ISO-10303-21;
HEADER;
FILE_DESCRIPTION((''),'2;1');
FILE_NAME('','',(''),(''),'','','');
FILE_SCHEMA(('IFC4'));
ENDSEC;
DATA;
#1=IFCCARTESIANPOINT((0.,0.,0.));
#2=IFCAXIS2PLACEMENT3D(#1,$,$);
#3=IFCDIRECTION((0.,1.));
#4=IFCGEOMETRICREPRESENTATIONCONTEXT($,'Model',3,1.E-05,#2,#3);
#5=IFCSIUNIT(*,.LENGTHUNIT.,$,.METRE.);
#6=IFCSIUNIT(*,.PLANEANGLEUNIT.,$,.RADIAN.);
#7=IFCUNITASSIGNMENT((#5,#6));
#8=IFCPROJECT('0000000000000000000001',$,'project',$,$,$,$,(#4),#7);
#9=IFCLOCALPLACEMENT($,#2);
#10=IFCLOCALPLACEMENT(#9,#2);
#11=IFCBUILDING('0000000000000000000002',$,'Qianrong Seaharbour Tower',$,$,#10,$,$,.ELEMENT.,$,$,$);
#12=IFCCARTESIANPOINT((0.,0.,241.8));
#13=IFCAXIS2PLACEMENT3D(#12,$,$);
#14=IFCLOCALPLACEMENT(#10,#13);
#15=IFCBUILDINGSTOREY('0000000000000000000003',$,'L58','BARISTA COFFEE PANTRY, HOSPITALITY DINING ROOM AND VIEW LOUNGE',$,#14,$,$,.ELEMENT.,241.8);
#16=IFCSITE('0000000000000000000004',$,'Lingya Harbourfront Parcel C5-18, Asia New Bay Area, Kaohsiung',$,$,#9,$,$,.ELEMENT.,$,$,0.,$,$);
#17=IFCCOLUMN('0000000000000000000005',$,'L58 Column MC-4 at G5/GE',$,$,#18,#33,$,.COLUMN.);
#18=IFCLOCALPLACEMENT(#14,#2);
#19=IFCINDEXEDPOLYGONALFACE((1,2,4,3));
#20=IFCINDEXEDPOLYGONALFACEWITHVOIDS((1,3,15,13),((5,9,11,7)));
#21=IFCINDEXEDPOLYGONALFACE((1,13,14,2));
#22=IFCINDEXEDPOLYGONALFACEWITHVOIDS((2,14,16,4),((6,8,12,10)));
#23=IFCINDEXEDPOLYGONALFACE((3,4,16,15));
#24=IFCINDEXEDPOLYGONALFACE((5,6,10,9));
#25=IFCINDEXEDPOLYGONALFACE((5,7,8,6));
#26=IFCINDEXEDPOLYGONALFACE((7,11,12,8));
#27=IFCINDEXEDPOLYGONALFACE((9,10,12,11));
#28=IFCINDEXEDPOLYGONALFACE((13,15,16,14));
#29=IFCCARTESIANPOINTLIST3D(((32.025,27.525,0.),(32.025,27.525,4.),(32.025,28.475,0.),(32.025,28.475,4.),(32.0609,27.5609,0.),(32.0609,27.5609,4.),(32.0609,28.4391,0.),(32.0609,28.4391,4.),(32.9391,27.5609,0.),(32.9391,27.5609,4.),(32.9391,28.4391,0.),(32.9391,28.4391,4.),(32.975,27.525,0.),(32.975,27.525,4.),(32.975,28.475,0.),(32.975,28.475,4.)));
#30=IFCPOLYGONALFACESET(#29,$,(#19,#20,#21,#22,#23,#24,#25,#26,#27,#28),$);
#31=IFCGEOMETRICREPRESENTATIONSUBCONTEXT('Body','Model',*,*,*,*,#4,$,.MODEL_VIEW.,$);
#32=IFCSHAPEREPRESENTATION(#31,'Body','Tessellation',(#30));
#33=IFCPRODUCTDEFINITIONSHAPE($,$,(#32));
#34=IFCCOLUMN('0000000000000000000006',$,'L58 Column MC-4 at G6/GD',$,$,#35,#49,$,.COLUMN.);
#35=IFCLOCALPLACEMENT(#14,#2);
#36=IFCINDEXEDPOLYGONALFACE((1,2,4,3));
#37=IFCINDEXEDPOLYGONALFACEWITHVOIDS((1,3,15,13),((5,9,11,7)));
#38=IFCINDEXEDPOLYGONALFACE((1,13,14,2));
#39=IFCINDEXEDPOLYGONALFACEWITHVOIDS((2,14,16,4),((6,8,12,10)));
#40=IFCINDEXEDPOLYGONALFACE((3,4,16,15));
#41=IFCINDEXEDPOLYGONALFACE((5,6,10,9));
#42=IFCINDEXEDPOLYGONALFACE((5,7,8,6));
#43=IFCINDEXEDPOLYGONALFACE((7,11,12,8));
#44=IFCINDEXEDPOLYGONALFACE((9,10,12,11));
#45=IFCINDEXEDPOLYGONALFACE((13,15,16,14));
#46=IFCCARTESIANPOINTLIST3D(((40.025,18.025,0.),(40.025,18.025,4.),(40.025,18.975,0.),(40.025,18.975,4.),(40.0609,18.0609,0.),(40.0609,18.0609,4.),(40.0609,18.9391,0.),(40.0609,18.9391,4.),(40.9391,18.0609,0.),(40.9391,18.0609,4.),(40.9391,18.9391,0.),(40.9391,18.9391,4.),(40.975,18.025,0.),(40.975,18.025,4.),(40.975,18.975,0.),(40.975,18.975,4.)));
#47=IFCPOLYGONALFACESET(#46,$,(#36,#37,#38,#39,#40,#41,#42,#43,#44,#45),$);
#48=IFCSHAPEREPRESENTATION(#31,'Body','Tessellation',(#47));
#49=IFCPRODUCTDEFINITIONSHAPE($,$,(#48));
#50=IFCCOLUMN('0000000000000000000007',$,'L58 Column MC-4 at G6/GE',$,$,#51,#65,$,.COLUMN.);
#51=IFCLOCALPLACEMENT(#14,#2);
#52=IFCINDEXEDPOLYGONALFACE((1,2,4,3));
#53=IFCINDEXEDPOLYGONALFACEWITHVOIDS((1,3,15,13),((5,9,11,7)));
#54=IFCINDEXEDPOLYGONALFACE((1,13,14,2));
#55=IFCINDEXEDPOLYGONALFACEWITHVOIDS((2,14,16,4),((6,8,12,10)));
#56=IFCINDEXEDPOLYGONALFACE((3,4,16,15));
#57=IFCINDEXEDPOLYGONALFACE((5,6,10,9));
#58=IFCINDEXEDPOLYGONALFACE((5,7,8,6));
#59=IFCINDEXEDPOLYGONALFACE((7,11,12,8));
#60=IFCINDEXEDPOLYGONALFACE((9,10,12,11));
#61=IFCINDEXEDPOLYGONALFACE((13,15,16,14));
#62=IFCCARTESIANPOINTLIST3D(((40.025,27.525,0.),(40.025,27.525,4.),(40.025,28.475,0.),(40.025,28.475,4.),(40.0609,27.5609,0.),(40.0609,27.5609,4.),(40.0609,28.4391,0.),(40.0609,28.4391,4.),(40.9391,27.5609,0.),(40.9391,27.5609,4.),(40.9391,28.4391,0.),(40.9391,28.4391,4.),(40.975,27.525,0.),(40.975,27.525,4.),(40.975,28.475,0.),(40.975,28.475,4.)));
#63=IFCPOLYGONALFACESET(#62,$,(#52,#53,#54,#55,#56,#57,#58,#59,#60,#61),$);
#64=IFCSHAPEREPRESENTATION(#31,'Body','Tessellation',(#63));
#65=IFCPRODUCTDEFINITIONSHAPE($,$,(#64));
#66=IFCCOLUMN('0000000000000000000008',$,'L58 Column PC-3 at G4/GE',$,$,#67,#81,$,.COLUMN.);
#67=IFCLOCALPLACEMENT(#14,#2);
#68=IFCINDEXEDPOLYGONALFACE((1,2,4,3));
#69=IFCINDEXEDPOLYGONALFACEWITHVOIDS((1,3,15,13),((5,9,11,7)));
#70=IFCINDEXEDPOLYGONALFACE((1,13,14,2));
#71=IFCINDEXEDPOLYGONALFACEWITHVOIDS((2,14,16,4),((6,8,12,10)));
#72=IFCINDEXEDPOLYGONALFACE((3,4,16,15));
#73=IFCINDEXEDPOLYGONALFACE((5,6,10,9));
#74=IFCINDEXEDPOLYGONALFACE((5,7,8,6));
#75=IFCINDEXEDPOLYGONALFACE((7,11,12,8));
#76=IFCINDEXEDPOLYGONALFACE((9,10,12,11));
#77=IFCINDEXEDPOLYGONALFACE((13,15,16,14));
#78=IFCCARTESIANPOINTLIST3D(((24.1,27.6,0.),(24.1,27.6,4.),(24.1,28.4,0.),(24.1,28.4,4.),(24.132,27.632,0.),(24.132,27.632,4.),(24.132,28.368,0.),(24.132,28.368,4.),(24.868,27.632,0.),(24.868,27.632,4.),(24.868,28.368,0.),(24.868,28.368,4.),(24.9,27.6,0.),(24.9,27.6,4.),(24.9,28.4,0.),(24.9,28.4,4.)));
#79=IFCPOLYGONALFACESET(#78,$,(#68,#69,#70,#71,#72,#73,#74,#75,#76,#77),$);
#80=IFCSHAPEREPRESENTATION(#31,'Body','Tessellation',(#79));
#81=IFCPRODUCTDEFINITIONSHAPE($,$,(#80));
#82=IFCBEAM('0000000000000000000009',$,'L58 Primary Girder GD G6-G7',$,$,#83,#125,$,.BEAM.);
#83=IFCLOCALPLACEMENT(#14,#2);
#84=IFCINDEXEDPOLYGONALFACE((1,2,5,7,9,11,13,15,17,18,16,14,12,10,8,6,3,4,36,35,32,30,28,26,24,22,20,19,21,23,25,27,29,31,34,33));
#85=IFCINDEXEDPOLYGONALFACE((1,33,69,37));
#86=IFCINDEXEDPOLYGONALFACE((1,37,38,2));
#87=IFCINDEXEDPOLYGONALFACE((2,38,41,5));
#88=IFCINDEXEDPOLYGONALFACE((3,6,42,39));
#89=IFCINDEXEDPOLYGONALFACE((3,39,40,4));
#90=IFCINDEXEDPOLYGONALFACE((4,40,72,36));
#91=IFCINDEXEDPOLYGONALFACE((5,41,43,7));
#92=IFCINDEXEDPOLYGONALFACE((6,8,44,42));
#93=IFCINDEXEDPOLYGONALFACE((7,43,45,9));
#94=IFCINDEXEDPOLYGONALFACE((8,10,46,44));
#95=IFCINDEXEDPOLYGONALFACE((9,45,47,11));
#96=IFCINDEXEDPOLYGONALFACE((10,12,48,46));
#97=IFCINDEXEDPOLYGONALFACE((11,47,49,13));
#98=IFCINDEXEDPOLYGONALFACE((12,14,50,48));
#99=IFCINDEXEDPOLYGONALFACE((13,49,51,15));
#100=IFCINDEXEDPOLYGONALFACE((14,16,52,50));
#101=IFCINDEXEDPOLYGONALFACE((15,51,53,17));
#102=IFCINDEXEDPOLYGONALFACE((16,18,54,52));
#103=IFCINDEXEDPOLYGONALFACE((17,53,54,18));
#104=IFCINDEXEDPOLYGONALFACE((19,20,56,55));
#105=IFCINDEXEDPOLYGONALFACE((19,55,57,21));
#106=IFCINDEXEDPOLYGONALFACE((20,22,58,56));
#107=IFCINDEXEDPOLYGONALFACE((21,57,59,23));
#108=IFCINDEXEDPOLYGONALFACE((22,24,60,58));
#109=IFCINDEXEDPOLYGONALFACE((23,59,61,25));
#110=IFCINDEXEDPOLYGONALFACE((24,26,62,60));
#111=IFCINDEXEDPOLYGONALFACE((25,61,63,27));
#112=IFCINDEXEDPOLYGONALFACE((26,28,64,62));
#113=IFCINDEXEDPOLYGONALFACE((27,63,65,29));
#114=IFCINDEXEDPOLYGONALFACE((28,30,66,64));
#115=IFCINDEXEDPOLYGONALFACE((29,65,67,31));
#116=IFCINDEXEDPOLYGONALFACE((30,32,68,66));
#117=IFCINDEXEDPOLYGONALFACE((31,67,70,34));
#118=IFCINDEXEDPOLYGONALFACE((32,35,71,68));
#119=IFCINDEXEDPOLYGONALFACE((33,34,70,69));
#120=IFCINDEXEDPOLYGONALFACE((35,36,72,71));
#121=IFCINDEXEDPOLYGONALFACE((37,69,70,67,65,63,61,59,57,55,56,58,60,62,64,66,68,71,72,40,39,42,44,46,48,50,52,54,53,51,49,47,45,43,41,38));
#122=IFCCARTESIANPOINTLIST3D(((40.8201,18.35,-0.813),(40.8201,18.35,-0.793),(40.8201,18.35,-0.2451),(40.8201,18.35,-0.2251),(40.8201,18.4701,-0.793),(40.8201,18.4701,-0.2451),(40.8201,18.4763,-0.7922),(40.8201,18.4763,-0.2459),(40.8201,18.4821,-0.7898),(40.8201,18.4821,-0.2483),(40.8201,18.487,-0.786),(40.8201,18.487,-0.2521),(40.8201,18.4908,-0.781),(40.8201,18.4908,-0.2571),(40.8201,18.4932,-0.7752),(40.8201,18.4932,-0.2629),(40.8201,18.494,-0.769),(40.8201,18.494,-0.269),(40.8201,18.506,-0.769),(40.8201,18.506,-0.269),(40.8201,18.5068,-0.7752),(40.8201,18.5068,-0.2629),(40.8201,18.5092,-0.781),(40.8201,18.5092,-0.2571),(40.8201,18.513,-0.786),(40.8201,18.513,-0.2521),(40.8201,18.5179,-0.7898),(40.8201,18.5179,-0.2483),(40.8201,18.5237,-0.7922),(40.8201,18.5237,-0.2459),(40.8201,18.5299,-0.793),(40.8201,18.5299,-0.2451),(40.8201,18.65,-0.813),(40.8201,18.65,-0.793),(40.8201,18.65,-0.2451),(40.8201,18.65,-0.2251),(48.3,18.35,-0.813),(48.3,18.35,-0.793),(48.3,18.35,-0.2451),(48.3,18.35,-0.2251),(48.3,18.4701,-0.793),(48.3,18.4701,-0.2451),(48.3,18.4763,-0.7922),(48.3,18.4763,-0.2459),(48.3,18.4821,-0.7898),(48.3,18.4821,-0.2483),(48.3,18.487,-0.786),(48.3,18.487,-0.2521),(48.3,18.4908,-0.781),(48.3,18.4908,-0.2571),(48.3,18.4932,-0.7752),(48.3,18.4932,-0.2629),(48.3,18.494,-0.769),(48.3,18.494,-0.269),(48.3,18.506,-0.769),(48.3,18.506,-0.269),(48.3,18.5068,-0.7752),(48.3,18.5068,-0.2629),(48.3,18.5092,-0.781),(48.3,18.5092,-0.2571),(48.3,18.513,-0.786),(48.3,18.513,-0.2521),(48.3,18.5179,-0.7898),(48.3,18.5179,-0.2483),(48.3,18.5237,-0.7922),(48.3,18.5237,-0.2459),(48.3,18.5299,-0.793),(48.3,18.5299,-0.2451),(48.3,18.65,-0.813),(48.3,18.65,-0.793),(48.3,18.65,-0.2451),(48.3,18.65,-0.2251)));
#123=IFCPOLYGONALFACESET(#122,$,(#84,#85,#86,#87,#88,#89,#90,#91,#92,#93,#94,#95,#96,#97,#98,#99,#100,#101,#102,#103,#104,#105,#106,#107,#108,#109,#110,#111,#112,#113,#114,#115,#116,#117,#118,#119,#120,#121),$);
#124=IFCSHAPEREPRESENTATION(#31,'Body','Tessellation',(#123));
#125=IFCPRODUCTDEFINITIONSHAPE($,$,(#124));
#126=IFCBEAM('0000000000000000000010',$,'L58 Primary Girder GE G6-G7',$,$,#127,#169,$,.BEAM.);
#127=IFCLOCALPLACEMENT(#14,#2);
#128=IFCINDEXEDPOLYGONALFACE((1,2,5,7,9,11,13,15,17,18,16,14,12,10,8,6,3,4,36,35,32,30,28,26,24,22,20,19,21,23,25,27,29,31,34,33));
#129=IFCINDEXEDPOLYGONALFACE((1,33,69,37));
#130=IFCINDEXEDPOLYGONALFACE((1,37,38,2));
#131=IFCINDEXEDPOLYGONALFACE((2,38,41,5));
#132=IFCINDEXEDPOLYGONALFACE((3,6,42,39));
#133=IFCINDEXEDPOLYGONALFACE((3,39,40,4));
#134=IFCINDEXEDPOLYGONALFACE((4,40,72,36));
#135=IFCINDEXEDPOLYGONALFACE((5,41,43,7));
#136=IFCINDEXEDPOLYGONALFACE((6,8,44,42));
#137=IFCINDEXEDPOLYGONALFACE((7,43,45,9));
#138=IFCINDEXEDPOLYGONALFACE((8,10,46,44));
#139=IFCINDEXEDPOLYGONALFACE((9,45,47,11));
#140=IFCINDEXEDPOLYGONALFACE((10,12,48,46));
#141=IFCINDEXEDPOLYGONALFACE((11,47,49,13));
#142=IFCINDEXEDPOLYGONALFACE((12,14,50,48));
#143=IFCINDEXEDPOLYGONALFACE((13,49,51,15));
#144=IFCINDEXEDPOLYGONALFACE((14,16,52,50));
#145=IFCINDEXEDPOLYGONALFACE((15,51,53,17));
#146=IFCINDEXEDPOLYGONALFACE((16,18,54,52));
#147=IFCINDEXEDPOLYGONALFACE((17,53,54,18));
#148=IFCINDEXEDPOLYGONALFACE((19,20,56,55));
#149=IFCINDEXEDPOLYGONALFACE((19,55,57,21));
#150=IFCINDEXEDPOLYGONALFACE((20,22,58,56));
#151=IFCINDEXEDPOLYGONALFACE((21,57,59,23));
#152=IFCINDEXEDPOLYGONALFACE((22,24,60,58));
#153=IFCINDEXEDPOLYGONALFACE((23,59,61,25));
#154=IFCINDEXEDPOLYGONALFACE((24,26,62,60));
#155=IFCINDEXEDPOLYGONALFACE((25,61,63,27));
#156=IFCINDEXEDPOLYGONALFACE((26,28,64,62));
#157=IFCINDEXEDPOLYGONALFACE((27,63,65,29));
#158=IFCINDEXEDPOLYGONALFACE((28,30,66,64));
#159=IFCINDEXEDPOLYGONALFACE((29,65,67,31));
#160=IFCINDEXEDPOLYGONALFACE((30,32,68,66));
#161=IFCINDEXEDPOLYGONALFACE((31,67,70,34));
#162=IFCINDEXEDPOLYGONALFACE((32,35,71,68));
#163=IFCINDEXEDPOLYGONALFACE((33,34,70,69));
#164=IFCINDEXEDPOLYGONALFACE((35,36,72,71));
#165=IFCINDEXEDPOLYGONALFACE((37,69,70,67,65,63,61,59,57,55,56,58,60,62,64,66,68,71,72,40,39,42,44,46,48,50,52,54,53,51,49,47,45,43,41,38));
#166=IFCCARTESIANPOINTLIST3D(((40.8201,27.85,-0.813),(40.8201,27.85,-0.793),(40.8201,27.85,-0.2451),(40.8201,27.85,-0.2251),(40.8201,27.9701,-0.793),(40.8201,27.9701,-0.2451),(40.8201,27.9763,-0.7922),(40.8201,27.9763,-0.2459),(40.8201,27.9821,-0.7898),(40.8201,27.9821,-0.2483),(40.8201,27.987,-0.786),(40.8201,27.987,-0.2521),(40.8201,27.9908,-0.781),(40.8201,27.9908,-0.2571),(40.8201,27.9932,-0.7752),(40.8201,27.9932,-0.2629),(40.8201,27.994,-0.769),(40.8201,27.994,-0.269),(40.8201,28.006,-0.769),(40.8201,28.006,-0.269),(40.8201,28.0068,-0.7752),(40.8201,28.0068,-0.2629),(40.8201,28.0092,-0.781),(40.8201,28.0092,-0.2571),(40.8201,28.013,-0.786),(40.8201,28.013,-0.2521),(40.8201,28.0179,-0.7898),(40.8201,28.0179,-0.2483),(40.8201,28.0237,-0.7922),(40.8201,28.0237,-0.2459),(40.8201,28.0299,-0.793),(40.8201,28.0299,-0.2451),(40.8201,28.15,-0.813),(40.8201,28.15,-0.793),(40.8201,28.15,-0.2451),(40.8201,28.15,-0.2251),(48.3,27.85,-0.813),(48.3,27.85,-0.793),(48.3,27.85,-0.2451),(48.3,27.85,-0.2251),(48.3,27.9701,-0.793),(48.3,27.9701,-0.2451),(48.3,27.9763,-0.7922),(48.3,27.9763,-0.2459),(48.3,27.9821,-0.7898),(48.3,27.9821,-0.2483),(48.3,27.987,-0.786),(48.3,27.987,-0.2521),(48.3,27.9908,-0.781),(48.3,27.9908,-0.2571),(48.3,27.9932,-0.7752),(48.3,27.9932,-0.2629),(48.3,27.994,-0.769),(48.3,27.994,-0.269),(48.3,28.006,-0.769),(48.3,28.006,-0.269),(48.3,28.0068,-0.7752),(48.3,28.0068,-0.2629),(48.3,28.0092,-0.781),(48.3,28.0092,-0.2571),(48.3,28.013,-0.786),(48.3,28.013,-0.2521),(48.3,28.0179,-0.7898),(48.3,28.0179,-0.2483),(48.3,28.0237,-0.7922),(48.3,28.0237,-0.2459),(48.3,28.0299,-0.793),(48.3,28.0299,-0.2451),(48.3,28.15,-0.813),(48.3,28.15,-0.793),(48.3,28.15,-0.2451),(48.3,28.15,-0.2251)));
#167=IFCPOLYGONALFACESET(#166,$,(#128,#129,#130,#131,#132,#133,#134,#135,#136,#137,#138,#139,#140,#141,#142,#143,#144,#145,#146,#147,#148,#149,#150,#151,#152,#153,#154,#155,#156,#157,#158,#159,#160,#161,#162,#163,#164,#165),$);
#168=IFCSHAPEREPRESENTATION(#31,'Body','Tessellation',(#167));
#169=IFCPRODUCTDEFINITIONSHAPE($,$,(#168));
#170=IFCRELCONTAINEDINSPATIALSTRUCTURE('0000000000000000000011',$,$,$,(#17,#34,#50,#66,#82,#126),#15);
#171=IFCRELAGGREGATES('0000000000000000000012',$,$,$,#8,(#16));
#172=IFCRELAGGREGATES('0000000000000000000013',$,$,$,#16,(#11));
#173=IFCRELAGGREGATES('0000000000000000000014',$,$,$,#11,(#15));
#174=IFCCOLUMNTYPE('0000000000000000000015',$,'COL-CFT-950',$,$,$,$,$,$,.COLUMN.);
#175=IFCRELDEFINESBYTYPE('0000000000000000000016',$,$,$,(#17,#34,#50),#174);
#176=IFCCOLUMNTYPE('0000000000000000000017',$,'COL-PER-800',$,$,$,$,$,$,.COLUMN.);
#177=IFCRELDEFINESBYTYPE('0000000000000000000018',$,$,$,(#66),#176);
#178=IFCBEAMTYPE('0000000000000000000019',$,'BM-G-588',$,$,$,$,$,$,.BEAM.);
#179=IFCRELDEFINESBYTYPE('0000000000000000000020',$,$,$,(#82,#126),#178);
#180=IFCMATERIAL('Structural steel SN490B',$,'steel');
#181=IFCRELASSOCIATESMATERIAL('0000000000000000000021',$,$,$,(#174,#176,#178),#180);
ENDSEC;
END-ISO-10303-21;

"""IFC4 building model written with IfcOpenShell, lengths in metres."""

from ifc_helpers import new_model, si_unit, direction, frame, origin, origin_2d, place, context, subcontext, project, spatial, hollow_rectangle, i_section, extrude, material, material_profile, profile_set, type_object, element, save


model = new_model("IFC4")

# Units and contexts
model_context = context("Model", 3, precision=1e-05, world=origin(), true_north=direction((0.0, 1.0)))
body_context = subcontext(model_context, "Body", "Model", "MODEL_VIEW")
ifc_project = project(units=[si_unit("LENGTHUNIT", "METRE"), si_unit("PLANEANGLEUNIT", "RADIAN")], contexts=[model_context])

# Site, building, storey
site_placement = place(None, origin())
site = spatial("IfcSite", under=ifc_project, at=site_placement, Name="Lingya Harbourfront Parcel C5-18, Asia New Bay Area, Kaohsiung", CompositionType="ELEMENT", RefElevation=0.0)
building_placement = place(site_placement, origin())
building = spatial("IfcBuilding", under=site, at=building_placement, Name="Qianrong Seaharbour Tower", CompositionType="ELEMENT")
storey_placement = place(building_placement, frame((0.0, 0.0, 241.8)))
storey = spatial("IfcBuildingStorey", under=building, at=storey_placement, Name="L58", Description="BARISTA COFFEE PANTRY, HOSPITALITY DINING ROOM AND VIEW LOUNGE", CompositionType="ELEMENT", Elevation=241.8)

# Columns
ifc_material_1 = material(Name="Structural steel SN490B", Category="steel")
ifc_material_profile_1 = material_profile(ifc_material_1, hollow_rectangle(XDim=0.95, YDim=0.95, WallThickness=0.0359, at=origin_2d()), Name="BOX950x950x36")
ifc_profile_set_1 = profile_set([ifc_material_profile_1], Name="Structural steel SN490B")
column_type_1 = type_object("IfcColumnType", Name="COL-CFT-950", PredefinedType="COLUMN", material=ifc_profile_set_1)
for number, where, z_axis, x_axis, name in (
    (1, (32.5, 28.0, 0.0), (0.0, 0.0, 1.0), (1.0, 0.0, 0.0), "L58 Column MC-4 at G5/GE"),
    (2, (40.5, 18.5, 0.0), (0.0, 0.0, 1.0), (1.0, 0.0, 0.0), "L58 Column MC-4 at G6/GD"),
    (3, (40.5, 28.0, 0.0), (0.0, 0.0, 1.0), (1.0, 0.0, 0.0), "L58 Column MC-4 at G6/GE"),
):
    element("IfcColumn", number, at=place(storey_placement, frame(where, z_axis=z_axis, x_axis=x_axis)), inside=storey, type_object=column_type_1, Name=name, PredefinedType="COLUMN", context=body_context, shape_type="SweptSolid", body=[
        extrude(hollow_rectangle(XDim=0.95, YDim=0.95, WallThickness=0.0359, at=origin_2d()), origin(), (0.0, 0.0, 1.0), 4.0),
    ])
ifc_material_profile_2 = material_profile(ifc_material_1, hollow_rectangle(XDim=0.8, YDim=0.8, WallThickness=0.032, at=origin_2d()), Name="BOX800x800x32")
ifc_profile_set_2 = profile_set([ifc_material_profile_2], Name="Structural steel SN490B")
column_type_2 = type_object("IfcColumnType", Name="COL-PER-800", PredefinedType="COLUMN", material=ifc_profile_set_2)
column_placement = place(storey_placement, frame((24.5, 28.0, 0.0), z_axis=(0.0, 0.0, 1.0), x_axis=(1.0, 0.0, 0.0)))
element("IfcColumn", 4, at=column_placement, inside=storey, type_object=column_type_2, Name="L58 Column PC-3 at G4/GE", PredefinedType="COLUMN", context=body_context, shape_type="SweptSolid", body=[
    extrude(hollow_rectangle(XDim=0.8, YDim=0.8, WallThickness=0.032, at=origin_2d()), origin(), (0.0, 0.0, 1.0), 4.0),
])

# Beams
ifc_material_profile_3 = material_profile(ifc_material_1, i_section(OverallWidth=0.3, OverallDepth=0.5879, WebThickness=0.012, FlangeThickness=0.02, FilletRadius=0.0239, at=origin_2d()), Name="H588x300x12x20")
ifc_profile_set_3 = profile_set([ifc_material_profile_3], Name="Structural steel SN490B")
beam_type_1 = type_object("IfcBeamType", Name="BM-G-588", PredefinedType="BEAM", material=ifc_profile_set_3)
for number, where, z_axis, x_axis, name in (
    (5, (40.8201, 18.5, -0.519), (1.0, 0.0, 0.0), (0.0, 1.0, 0.0), "L58 Primary Girder GD G6-G7"),
    (6, (40.8201, 28.0, -0.519), (1.0, 0.0, 0.0), (0.0, 1.0, 0.0), "L58 Primary Girder GE G6-G7"),
):
    element("IfcBeam", number, at=place(storey_placement, frame(where, z_axis=z_axis, x_axis=x_axis)), inside=storey, type_object=beam_type_1, Name=name, PredefinedType="BEAM", context=body_context, shape_type="SweptSolid", body=[
        extrude(i_section(OverallWidth=0.3, OverallDepth=0.5879, WebThickness=0.012, FlangeThickness=0.02, FilletRadius=0.0239, at=origin_2d()), origin(), (0.0, 0.0, 1.0), 7.48),
    ])

save(model, "model.ifc")
